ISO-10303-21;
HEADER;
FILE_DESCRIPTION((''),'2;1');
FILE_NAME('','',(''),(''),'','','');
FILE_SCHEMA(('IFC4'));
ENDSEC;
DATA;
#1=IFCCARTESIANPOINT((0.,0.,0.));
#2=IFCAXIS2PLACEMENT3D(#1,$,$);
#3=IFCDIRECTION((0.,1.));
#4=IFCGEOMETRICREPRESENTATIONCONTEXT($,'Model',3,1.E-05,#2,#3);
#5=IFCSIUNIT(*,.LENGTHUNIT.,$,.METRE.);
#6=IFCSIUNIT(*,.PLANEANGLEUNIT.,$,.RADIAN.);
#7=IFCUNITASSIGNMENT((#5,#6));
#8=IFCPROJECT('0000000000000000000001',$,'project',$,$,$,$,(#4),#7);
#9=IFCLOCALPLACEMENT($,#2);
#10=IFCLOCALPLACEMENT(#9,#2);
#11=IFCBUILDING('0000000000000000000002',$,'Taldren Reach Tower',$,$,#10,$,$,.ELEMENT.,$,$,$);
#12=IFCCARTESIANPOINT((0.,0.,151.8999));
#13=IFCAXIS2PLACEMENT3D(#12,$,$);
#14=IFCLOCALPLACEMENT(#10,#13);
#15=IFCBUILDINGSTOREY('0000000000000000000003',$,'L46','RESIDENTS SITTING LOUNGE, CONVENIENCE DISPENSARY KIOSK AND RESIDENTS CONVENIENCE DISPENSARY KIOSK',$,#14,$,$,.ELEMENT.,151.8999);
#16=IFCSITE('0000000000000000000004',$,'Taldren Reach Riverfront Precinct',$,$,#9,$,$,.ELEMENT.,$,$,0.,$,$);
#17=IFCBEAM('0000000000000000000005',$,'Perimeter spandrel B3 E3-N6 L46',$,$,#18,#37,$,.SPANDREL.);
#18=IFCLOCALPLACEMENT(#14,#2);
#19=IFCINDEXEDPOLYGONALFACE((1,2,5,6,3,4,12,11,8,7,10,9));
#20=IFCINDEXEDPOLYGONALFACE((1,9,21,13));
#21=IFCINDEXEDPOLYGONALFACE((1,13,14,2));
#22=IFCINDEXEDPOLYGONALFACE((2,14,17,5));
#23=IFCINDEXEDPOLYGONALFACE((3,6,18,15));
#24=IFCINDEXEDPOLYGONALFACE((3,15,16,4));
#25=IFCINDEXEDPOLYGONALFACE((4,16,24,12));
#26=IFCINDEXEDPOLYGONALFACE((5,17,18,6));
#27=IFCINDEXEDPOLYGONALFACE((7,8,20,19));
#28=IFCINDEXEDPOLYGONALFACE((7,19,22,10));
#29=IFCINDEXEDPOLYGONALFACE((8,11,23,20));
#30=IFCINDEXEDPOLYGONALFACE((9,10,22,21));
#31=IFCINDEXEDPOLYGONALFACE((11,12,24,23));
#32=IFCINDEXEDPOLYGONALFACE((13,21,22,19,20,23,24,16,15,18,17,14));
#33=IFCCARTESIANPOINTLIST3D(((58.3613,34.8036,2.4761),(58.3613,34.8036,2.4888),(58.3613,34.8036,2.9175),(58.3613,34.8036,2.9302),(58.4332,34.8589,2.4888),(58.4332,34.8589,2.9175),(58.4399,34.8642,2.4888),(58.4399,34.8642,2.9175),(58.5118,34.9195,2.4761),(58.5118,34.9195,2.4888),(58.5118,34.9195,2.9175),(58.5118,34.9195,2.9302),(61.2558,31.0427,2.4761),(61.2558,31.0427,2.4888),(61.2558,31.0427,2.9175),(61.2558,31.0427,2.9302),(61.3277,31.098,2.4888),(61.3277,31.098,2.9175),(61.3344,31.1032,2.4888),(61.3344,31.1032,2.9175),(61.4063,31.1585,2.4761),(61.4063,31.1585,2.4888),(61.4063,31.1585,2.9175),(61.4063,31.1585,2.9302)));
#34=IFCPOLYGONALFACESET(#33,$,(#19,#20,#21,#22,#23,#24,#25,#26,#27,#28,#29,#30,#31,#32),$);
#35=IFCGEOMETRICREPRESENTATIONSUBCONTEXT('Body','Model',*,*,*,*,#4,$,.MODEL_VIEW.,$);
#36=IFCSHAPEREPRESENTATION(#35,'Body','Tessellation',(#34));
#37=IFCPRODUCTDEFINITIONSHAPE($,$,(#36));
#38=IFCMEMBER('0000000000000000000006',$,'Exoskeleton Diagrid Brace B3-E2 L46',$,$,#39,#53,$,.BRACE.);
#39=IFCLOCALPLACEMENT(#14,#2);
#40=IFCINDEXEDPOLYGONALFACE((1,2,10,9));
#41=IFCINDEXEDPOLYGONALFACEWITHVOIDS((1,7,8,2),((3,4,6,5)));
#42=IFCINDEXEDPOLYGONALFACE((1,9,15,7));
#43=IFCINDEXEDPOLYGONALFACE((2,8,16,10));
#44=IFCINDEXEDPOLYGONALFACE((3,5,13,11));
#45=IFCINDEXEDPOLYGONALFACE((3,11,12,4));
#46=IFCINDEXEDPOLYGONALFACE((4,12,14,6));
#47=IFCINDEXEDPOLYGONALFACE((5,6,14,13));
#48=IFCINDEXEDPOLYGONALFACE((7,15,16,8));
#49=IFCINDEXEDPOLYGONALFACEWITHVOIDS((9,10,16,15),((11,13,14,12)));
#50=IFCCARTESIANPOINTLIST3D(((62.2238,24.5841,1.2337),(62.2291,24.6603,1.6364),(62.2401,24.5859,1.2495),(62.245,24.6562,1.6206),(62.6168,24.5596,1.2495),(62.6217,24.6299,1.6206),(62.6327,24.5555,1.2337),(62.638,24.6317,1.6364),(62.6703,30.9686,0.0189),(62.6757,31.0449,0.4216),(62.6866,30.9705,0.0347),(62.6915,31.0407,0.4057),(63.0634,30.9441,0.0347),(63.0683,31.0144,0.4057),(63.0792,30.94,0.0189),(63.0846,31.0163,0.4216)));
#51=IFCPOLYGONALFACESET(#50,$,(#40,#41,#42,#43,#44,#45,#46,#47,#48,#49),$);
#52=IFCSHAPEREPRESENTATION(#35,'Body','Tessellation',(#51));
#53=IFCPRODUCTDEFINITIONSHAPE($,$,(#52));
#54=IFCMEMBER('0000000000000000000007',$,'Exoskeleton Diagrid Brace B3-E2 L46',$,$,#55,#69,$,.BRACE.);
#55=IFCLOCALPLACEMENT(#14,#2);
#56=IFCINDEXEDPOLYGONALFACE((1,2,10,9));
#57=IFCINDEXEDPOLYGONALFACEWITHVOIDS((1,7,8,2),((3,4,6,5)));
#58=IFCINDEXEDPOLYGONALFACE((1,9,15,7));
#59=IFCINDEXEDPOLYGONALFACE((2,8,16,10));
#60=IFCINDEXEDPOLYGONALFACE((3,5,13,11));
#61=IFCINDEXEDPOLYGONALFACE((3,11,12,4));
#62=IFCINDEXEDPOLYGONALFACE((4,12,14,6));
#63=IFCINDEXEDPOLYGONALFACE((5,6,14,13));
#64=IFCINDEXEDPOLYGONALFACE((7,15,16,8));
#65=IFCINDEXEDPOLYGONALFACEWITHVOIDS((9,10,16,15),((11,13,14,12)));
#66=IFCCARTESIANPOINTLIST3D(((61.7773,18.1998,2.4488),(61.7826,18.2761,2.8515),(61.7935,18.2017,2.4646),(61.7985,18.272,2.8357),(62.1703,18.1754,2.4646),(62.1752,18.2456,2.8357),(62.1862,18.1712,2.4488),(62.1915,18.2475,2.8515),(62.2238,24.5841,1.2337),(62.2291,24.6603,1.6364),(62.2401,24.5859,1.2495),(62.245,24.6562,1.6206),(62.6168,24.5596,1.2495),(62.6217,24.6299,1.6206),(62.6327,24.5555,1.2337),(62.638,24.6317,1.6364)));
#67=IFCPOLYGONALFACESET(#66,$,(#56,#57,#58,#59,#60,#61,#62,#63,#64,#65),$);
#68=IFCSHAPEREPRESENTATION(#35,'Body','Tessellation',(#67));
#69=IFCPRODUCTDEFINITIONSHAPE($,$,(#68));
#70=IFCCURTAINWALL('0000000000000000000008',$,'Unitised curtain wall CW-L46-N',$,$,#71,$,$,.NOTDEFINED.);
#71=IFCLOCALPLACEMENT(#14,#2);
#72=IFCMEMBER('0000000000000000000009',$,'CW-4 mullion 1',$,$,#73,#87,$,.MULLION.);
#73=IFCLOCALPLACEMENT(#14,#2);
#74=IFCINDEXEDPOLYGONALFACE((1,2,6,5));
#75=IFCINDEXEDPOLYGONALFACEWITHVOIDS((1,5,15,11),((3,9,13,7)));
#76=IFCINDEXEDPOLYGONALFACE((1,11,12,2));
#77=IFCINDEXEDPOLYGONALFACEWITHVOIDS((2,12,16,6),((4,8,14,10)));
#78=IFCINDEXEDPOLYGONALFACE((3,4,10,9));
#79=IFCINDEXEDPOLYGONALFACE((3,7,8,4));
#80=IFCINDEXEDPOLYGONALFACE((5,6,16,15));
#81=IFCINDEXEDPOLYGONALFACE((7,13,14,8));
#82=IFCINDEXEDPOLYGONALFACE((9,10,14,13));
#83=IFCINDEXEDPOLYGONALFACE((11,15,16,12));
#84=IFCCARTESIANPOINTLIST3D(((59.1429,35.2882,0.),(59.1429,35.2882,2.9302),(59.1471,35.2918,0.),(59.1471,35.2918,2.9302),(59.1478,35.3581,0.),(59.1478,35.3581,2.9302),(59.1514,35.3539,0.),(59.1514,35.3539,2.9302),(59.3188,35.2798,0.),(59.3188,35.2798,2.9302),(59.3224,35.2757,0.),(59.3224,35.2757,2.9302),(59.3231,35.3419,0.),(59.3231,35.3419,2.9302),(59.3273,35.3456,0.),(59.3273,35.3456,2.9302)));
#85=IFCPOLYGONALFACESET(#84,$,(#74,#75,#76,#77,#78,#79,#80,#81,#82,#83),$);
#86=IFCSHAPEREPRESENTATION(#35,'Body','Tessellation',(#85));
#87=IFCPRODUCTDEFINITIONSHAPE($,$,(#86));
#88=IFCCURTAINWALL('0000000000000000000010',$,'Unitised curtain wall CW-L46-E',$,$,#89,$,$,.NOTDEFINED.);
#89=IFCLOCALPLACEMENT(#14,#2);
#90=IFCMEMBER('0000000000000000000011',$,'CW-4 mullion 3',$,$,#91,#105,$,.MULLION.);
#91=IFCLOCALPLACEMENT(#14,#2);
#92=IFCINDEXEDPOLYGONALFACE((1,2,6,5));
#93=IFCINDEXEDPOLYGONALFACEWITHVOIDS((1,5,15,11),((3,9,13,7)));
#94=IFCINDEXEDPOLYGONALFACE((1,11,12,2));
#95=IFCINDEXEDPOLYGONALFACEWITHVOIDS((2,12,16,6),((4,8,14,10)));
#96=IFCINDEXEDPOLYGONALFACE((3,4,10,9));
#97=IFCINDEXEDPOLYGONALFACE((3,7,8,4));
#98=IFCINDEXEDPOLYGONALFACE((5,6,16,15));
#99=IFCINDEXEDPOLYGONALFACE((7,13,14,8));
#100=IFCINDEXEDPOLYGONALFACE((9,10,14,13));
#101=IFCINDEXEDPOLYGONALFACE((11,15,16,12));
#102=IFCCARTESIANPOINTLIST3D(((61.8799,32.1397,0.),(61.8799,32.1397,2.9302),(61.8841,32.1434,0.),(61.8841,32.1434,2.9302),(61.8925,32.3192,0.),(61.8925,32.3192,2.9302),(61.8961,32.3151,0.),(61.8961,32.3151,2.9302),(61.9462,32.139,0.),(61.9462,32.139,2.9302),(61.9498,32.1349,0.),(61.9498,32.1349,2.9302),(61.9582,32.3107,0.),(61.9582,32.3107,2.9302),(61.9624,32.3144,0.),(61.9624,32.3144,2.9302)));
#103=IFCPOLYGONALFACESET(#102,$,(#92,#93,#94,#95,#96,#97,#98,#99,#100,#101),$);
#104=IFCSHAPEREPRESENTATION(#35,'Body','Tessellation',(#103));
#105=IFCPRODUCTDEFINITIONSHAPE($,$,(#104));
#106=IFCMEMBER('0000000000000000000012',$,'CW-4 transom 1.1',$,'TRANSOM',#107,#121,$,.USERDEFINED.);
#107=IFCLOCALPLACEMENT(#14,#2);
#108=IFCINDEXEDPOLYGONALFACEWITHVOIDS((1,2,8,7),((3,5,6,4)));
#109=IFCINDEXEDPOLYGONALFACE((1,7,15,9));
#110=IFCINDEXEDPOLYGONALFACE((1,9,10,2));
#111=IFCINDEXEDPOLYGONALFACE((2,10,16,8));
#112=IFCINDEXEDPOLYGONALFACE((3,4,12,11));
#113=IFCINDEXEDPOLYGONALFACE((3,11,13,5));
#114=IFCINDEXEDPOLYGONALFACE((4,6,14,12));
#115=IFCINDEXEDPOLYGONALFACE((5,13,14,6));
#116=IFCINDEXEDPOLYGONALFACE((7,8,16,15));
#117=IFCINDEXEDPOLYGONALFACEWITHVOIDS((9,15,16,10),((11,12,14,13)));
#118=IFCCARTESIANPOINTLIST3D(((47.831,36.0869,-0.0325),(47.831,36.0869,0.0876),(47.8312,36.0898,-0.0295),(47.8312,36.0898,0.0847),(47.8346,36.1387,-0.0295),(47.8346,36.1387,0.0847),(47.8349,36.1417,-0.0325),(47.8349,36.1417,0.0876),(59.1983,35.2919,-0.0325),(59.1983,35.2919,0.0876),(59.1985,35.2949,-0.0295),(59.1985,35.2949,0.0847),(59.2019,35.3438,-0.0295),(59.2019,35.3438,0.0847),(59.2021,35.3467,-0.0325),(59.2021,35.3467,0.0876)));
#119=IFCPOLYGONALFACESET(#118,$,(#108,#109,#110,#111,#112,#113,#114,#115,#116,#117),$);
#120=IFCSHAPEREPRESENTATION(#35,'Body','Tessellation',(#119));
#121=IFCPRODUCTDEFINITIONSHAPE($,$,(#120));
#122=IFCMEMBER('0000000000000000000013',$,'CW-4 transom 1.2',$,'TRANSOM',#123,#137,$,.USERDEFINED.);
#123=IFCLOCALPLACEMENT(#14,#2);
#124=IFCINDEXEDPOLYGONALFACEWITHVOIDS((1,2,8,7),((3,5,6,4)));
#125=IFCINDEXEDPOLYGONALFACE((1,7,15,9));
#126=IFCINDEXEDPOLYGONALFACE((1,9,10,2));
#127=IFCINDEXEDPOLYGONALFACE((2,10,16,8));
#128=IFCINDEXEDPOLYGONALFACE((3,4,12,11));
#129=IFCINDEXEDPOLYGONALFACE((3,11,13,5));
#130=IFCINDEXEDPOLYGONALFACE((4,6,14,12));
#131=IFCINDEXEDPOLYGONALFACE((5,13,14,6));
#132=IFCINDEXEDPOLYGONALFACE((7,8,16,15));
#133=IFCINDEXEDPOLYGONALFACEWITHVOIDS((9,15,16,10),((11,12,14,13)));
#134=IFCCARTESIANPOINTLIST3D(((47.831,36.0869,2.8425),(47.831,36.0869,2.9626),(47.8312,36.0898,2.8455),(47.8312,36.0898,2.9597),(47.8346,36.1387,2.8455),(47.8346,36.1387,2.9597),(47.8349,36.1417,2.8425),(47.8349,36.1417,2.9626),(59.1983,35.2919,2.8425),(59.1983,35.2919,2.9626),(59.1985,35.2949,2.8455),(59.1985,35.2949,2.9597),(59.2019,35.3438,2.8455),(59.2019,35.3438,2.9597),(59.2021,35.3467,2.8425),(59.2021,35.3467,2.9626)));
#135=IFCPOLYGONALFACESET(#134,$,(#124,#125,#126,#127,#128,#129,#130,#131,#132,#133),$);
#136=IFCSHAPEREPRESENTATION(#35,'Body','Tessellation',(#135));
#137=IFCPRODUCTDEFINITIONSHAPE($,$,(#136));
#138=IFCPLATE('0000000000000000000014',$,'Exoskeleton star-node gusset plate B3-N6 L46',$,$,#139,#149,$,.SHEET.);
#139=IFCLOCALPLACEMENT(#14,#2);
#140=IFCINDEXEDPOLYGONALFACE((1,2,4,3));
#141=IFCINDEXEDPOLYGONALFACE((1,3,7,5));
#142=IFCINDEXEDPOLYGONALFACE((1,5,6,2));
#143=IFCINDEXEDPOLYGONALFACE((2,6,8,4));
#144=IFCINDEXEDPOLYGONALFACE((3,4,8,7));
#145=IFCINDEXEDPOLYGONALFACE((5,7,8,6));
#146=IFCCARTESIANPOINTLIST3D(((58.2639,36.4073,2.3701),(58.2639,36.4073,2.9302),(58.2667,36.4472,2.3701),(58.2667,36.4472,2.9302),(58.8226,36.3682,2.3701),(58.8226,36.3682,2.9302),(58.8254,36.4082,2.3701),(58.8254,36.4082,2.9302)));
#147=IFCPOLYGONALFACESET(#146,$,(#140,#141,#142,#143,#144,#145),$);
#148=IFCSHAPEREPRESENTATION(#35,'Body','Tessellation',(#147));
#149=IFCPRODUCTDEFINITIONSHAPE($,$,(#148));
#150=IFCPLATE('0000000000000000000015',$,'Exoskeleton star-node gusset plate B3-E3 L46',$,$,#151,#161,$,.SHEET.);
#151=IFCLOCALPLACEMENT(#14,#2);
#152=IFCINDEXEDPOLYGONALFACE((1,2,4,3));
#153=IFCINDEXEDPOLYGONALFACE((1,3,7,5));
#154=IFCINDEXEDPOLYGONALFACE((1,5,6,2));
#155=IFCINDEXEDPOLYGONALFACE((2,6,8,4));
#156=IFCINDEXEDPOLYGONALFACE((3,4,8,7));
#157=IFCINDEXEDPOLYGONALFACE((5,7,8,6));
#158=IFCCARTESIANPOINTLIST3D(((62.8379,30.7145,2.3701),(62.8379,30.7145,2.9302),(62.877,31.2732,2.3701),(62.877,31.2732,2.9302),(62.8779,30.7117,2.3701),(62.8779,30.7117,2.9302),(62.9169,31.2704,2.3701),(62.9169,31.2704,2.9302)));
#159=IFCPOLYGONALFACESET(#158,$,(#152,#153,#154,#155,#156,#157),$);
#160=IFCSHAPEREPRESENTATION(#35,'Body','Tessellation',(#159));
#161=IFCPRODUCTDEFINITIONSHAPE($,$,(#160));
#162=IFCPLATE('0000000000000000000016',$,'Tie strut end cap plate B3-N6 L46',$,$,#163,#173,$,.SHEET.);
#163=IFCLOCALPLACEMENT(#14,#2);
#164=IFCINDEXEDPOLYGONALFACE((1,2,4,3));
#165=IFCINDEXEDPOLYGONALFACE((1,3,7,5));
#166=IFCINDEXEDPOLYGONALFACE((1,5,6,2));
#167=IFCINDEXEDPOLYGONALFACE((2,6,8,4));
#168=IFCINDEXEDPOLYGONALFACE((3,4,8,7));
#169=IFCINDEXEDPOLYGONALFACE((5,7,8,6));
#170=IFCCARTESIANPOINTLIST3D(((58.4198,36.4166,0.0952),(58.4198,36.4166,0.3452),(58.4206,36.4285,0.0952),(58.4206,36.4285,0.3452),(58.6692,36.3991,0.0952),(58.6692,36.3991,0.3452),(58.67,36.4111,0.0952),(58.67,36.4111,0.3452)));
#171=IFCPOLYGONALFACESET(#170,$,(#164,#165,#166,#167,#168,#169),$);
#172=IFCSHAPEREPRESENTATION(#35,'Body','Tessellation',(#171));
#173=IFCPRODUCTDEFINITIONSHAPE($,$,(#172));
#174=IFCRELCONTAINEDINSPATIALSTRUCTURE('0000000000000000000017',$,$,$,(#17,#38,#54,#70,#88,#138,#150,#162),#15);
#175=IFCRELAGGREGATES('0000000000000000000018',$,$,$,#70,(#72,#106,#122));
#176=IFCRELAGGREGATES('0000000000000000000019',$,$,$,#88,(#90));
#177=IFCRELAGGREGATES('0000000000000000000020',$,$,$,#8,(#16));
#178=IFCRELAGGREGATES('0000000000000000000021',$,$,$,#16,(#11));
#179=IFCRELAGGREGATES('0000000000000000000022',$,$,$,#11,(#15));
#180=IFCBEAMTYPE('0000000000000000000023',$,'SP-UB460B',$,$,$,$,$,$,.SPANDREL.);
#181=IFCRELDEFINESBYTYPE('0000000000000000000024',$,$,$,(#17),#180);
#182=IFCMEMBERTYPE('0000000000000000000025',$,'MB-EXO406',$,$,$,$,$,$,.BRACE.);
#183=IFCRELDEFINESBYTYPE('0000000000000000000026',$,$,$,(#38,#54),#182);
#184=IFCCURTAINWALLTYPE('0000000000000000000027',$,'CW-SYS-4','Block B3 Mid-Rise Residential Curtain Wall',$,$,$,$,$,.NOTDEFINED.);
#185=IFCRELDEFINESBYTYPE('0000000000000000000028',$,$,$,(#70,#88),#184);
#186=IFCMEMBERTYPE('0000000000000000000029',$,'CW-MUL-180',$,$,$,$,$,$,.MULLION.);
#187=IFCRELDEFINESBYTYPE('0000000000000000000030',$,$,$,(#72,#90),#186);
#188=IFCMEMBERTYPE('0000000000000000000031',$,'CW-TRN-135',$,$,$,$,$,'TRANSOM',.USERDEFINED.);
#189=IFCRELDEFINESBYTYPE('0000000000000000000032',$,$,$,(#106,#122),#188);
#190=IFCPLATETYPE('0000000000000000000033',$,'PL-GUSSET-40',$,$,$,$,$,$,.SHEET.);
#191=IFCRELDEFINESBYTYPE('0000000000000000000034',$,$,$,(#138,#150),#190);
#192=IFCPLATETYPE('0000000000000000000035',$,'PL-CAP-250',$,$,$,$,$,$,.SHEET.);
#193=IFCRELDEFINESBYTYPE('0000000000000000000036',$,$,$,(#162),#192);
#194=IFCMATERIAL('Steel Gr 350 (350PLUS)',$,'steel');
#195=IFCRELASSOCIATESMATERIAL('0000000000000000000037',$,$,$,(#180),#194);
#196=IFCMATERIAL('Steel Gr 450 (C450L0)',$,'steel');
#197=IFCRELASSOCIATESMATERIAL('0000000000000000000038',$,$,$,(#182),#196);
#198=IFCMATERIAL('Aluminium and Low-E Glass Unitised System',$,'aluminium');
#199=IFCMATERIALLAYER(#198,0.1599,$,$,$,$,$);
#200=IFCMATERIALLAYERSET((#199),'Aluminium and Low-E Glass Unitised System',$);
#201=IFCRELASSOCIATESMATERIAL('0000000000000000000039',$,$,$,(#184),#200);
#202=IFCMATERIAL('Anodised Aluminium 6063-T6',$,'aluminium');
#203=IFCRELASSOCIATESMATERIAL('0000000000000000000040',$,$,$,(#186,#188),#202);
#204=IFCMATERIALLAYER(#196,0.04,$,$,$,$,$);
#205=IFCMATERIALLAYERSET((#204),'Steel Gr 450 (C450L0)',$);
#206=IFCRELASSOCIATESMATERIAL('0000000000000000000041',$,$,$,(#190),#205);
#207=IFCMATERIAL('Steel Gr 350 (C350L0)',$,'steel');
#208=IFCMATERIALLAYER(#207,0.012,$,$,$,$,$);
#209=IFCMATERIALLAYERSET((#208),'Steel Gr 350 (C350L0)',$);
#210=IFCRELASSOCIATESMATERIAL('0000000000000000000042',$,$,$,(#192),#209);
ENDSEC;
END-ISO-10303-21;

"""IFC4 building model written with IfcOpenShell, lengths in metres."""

from ifc_helpers import new_model, si_unit, direction, frame, origin, origin_2d, place, context, subcontext, project, spatial, rectangle, hollow_rectangle, i_section, extrude, source, transform, mapped, material, layer, layer_set, material_profile, profile_set, type_object, element, aggregate, save


model = new_model("IFC4")

# Units and contexts
model_context = context("Model", 3, precision=1e-05, world=origin(), true_north=direction((0.0, 1.0)))
body_context = subcontext(model_context, "Body", "Model", "MODEL_VIEW")
ifc_project = project(units=[si_unit("LENGTHUNIT", "METRE"), si_unit("PLANEANGLEUNIT", "RADIAN")], contexts=[model_context])

# Site, building, storey
site_placement = place(None, origin())
site = spatial("IfcSite", under=ifc_project, at=site_placement, Name="Taldren Reach Riverfront Precinct", CompositionType="ELEMENT", RefElevation=0.0)
building_placement = place(site_placement, origin())
building = spatial("IfcBuilding", under=site, at=building_placement, Name="Taldren Reach Tower", CompositionType="ELEMENT")
storey_placement = place(building_placement, frame((0.0, 0.0, 151.8999)))
storey = spatial("IfcBuildingStorey", under=building, at=storey_placement, Name="L46", Description="RESIDENTS SITTING LOUNGE, CONVENIENCE DISPENSARY KIOSK AND RESIDENTS CONVENIENCE DISPENSARY KIOSK", CompositionType="ELEMENT", Elevation=151.8999)

# Shared definitions
ifc_material_1 = material(Name="Steel Gr 450 (C450L0)", Category="steel")
ifc_material_2 = material(Name="Steel Gr 350 (350PLUS)", Category="steel")

# Shared definitions
ifc_material_3 = material(Name="Steel Gr 350 (C350L0)", Category="steel")

# Beam
ifc_material_profile_1 = material_profile(ifc_material_2, i_section(OverallWidth=0.1899, OverallDepth=0.4541, WebThickness=0.0085, FlangeThickness=0.0127, at=origin_2d()), Name="460UB67.1")
ifc_profile_set_1 = profile_set([ifc_material_profile_1], Name="Steel Gr 350 (350PLUS)")
beam_type = type_object("IfcBeamType", Name="SP-UB460B", PredefinedType="SPANDREL", material=ifc_profile_set_1)
shared_shape_1 = source(origin(), body_context, "Body", "SweptSolid", [
    extrude(i_section(OverallWidth=0.1899, OverallDepth=0.4541, WebThickness=0.0085, FlangeThickness=0.0127, at=origin_2d()), origin(), (0.0, 0.0, 1.0), 4.7458),
])
beam_1_placement = place(storey_placement, frame((61.3311, 31.1006, 2.7031), z_axis=(-0.609905, 0.792475, 0.0), x_axis=(-0.792475, -0.609905, 0.0)))
element("IfcBeam", 1, at=beam_1_placement, inside=storey, type_object=beam_type, Name="Perimeter spandrel B3 E3-N6 L46", PredefinedType="SPANDREL", context=body_context, shape_type="MappedRepresentation", body=[
    mapped(shared_shape_1, transform((0.0, 0.0, 0.0), scale=1.0)),
])

# Members
ifc_material_profile_2 = material_profile(ifc_material_1, hollow_rectangle(XDim=0.4099, YDim=0.4099, WallThickness=0.0161, at=origin_2d()), Name="410x410x16.0SHS")
ifc_profile_set_2 = profile_set([ifc_material_profile_2], Name="Steel Gr 450 (C450L0)")
member_type_1 = type_object("IfcMemberType", Name="MB-EXO406", PredefinedType="BRACE", material=ifc_profile_set_2)
shared_shape_2 = source(origin(), body_context, "Body", "SweptSolid", [
    extrude(hollow_rectangle(XDim=0.4099, YDim=0.4099, WallThickness=0.0161, at=origin_2d()), origin(), (0.0, 0.0, 1.0), 6.5144),
])
member_1_placement = place(storey_placement, frame((62.8774, 30.9924, 0.2202), z_axis=(-0.068546, -0.980063, 0.186486), x_axis=(0.997563, -0.06977, 0.0)))
element("IfcMember", 2, at=member_1_placement, inside=storey, type_object=member_type_1, Name="Exoskeleton Diagrid Brace B3-E2 L46", PredefinedType="BRACE", context=body_context, shape_type="MappedRepresentation", body=[
    mapped(shared_shape_2, transform((0.0, 0.0, 0.0), scale=1.0)),
])
shared_shape_3 = source(origin(), body_context, "Body", "SweptSolid", [
    extrude(hollow_rectangle(XDim=0.4099, YDim=0.4099, WallThickness=0.0161, at=origin_2d()), origin(), (0.0, 0.0, 1.0), 6.5142),
])
member_2_placement = place(storey_placement, frame((62.4309, 24.6079, 1.4351), z_axis=(-0.068548, -0.980055, 0.186529), x_axis=(0.997563, -0.069772, 0.0)))
element("IfcMember", 3, at=member_2_placement, inside=storey, type_object=member_type_1, Name="Exoskeleton Diagrid Brace B3-E2 L46", PredefinedType="BRACE", context=body_context, shape_type="MappedRepresentation", body=[
    mapped(shared_shape_3, transform((0.0, 0.0, 0.0), scale=1.0)),
])

# Curtain walls, members
ifc_material_4 = material(Name="Aluminium and Low-E Glass Unitised System", Category="aluminium")
ifc_layer_1 = layer(ifc_material_4, 0.1599)
ifc_layer_set_1 = layer_set([ifc_layer_1], Name="Aluminium and Low-E Glass Unitised System")
curtain_wall_type = type_object("IfcCurtainWallType", Name="CW-SYS-4", Description="Block B3 Mid-Rise Residential Curtain Wall", PredefinedType="NOTDEFINED", material=ifc_layer_set_1)
curtain_wall_1_placement = place(storey_placement, origin())
curtain_wall_1 = element("IfcCurtainWall", 4, at=curtain_wall_1_placement, inside=storey, type_object=curtain_wall_type, Name="Unitised curtain wall CW-L46-N", PredefinedType="NOTDEFINED")
ifc_material_5 = material(Name="Anodised Aluminium 6063-T6", Category="aluminium")
ifc_material_profile_3 = material_profile(ifc_material_5, hollow_rectangle(XDim=0.0701, YDim=0.1799, WallThickness=0.0039, at=origin_2d()), Name="ALU-180x70x4RHS")
ifc_profile_set_3 = profile_set([ifc_material_profile_3], Name="Anodised Aluminium 6063-T6")
member_type_2 = type_object("IfcMemberType", Name="CW-MUL-180", PredefinedType="MULLION", material=ifc_profile_set_3)
shared_shape_4 = source(origin(), body_context, "Body", "SweptSolid", [
    extrude(hollow_rectangle(XDim=0.0701, YDim=0.1799, WallThickness=0.0039, at=origin_2d()), origin(), (0.0, 0.0, 1.0), 2.9302),
])
member_3_placement = place(storey_placement, frame((59.2351, 35.3169, 0.0), z_axis=(0.0, 0.0, 1.0), x_axis=(-0.069757, -0.997564, 0.0)))
member_3 = element("IfcMember", 5, at=member_3_placement, type_object=member_type_2, Name="CW-4 mullion 1", PredefinedType="MULLION", context=body_context, shape_type="MappedRepresentation", body=[
    mapped(shared_shape_4, transform((0.0, 0.0, 0.0), scale=1.0)),
])
curtain_wall_2_placement = place(storey_placement, origin())
curtain_wall_2 = element("IfcCurtainWall", 6, at=curtain_wall_2_placement, inside=storey, type_object=curtain_wall_type, Name="Unitised curtain wall CW-L46-E", PredefinedType="NOTDEFINED")
member_4_placement = place(storey_placement, frame((61.9211, 32.2271, 0.0), z_axis=(0.0, 0.0, 1.0), x_axis=(-0.997564, 0.069756, 0.0)))
member_4 = element("IfcMember", 7, at=member_4_placement, type_object=member_type_2, Name="CW-4 mullion 3", PredefinedType="MULLION", context=body_context, shape_type="MappedRepresentation", body=[
    mapped(shared_shape_4, transform((0.0, 0.0, 0.0), scale=1.0)),
])

# Members
ifc_material_profile_4 = material_profile(ifc_material_5, hollow_rectangle(XDim=0.0549, YDim=0.1201, WallThickness=0.0029, at=origin_2d()), Name="ALU-120x55x3RHS")
ifc_profile_set_4 = profile_set([ifc_material_profile_4], Name="Anodised Aluminium 6063-T6")
member_type_3 = type_object("IfcMemberType", Name="CW-TRN-135", ElementType="TRANSOM", PredefinedType="USERDEFINED", material=ifc_profile_set_4)
shared_shape_5 = source(origin(), body_context, "Body", "SweptSolid", [
    extrude(hollow_rectangle(XDim=0.0549, YDim=0.1201, WallThickness=0.0029, at=origin_2d()), origin(), (0.0, 0.0, 1.0), 11.395),
])
member_5_placement = place(storey_placement, frame((59.2002, 35.3193, 0.0276), z_axis=(-0.997564, 0.069761, 0.0), x_axis=(-0.069761, -0.997564, 0.0)))
member_5 = element("IfcMember", 8, at=member_5_placement, type_object=member_type_3, Name="CW-4 transom 1.1", ObjectType="TRANSOM", PredefinedType="USERDEFINED", context=body_context, shape_type="MappedRepresentation", body=[
    mapped(shared_shape_5, transform((0.0, 0.0, 0.0), scale=1.0)),
])
member_6_placement = place(storey_placement, frame((59.2002, 35.3193, 2.9026), z_axis=(-0.997564, 0.069761, 0.0), x_axis=(-0.069761, -0.997564, 0.0)))
member_6 = element("IfcMember", 9, at=member_6_placement, type_object=member_type_3, Name="CW-4 transom 1.2", ObjectType="TRANSOM", PredefinedType="USERDEFINED", context=body_context, shape_type="MappedRepresentation", body=[
    mapped(shared_shape_5, transform((0.0, 0.0, 0.0), scale=1.0)),
])
aggregate(curtain_wall_1, [member_3, member_5, member_6])

# Plates
ifc_layer_2 = layer(ifc_material_1, 0.04)
ifc_layer_set_2 = layer_set([ifc_layer_2], Name="Steel Gr 450 (C450L0)")
plate_type_1 = type_object("IfcPlateType", Name="PL-GUSSET-40", PredefinedType="SHEET", material=ifc_layer_set_2)
shared_shape_6 = source(origin(), body_context, "Body", "SweptSolid", [
    extrude(rectangle(XDim=0.5601, YDim=0.04, at=origin_2d()), origin(), (0.0, 0.0, 1.0), 0.5601),
])
for number, where, z_axis, x_axis, name in (
    (10, (58.5447, 36.4077, 2.3701), (0.0, 0.0, 1.0), (0.997564, -0.069756, 0.0), "Exoskeleton star-node gusset plate B3-N6 L46"),
    (11, (62.8774, 30.9924, 2.3701), (0.0, 0.0, 1.0), (0.069756, 0.997564, 0.0), "Exoskeleton star-node gusset plate B3-E3 L46"),
):
    element("IfcPlate", number, at=place(storey_placement, frame(where, z_axis=z_axis, x_axis=x_axis)), inside=storey, type_object=plate_type_1, Name=name, PredefinedType="SHEET", context=body_context, shape_type="MappedRepresentation", body=[
        mapped(shared_shape_6, transform((0.0, 0.0, 0.0), scale=1.0)),
    ])
ifc_layer_3 = layer(ifc_material_3, 0.012)
ifc_layer_set_3 = layer_set([ifc_layer_3], Name="Steel Gr 350 (C350L0)")
plate_type_2 = type_object("IfcPlateType", Name="PL-CAP-250", PredefinedType="SHEET", material=ifc_layer_set_3)
shared_shape_7 = source(origin(), body_context, "Body", "SweptSolid", [
    extrude(rectangle(XDim=0.25, YDim=0.012, at=origin_2d()), origin(), (0.0, 0.0, 1.0), 0.25),
])
plate_1_placement = place(storey_placement, frame((58.5449, 36.4138, 0.0952), z_axis=(0.0, 0.0, 1.0), x_axis=(0.997564, -0.069756, 0.0)))
element("IfcPlate", 12, at=plate_1_placement, inside=storey, type_object=plate_type_2, Name="Tie strut end cap plate B3-N6 L46", PredefinedType="SHEET", context=body_context, shape_type="MappedRepresentation", body=[
    mapped(shared_shape_7, transform((0.0, 0.0, 0.0), scale=1.0)),
])

aggregate(curtain_wall_2, [member_4])

save(model, "model.ifc")
